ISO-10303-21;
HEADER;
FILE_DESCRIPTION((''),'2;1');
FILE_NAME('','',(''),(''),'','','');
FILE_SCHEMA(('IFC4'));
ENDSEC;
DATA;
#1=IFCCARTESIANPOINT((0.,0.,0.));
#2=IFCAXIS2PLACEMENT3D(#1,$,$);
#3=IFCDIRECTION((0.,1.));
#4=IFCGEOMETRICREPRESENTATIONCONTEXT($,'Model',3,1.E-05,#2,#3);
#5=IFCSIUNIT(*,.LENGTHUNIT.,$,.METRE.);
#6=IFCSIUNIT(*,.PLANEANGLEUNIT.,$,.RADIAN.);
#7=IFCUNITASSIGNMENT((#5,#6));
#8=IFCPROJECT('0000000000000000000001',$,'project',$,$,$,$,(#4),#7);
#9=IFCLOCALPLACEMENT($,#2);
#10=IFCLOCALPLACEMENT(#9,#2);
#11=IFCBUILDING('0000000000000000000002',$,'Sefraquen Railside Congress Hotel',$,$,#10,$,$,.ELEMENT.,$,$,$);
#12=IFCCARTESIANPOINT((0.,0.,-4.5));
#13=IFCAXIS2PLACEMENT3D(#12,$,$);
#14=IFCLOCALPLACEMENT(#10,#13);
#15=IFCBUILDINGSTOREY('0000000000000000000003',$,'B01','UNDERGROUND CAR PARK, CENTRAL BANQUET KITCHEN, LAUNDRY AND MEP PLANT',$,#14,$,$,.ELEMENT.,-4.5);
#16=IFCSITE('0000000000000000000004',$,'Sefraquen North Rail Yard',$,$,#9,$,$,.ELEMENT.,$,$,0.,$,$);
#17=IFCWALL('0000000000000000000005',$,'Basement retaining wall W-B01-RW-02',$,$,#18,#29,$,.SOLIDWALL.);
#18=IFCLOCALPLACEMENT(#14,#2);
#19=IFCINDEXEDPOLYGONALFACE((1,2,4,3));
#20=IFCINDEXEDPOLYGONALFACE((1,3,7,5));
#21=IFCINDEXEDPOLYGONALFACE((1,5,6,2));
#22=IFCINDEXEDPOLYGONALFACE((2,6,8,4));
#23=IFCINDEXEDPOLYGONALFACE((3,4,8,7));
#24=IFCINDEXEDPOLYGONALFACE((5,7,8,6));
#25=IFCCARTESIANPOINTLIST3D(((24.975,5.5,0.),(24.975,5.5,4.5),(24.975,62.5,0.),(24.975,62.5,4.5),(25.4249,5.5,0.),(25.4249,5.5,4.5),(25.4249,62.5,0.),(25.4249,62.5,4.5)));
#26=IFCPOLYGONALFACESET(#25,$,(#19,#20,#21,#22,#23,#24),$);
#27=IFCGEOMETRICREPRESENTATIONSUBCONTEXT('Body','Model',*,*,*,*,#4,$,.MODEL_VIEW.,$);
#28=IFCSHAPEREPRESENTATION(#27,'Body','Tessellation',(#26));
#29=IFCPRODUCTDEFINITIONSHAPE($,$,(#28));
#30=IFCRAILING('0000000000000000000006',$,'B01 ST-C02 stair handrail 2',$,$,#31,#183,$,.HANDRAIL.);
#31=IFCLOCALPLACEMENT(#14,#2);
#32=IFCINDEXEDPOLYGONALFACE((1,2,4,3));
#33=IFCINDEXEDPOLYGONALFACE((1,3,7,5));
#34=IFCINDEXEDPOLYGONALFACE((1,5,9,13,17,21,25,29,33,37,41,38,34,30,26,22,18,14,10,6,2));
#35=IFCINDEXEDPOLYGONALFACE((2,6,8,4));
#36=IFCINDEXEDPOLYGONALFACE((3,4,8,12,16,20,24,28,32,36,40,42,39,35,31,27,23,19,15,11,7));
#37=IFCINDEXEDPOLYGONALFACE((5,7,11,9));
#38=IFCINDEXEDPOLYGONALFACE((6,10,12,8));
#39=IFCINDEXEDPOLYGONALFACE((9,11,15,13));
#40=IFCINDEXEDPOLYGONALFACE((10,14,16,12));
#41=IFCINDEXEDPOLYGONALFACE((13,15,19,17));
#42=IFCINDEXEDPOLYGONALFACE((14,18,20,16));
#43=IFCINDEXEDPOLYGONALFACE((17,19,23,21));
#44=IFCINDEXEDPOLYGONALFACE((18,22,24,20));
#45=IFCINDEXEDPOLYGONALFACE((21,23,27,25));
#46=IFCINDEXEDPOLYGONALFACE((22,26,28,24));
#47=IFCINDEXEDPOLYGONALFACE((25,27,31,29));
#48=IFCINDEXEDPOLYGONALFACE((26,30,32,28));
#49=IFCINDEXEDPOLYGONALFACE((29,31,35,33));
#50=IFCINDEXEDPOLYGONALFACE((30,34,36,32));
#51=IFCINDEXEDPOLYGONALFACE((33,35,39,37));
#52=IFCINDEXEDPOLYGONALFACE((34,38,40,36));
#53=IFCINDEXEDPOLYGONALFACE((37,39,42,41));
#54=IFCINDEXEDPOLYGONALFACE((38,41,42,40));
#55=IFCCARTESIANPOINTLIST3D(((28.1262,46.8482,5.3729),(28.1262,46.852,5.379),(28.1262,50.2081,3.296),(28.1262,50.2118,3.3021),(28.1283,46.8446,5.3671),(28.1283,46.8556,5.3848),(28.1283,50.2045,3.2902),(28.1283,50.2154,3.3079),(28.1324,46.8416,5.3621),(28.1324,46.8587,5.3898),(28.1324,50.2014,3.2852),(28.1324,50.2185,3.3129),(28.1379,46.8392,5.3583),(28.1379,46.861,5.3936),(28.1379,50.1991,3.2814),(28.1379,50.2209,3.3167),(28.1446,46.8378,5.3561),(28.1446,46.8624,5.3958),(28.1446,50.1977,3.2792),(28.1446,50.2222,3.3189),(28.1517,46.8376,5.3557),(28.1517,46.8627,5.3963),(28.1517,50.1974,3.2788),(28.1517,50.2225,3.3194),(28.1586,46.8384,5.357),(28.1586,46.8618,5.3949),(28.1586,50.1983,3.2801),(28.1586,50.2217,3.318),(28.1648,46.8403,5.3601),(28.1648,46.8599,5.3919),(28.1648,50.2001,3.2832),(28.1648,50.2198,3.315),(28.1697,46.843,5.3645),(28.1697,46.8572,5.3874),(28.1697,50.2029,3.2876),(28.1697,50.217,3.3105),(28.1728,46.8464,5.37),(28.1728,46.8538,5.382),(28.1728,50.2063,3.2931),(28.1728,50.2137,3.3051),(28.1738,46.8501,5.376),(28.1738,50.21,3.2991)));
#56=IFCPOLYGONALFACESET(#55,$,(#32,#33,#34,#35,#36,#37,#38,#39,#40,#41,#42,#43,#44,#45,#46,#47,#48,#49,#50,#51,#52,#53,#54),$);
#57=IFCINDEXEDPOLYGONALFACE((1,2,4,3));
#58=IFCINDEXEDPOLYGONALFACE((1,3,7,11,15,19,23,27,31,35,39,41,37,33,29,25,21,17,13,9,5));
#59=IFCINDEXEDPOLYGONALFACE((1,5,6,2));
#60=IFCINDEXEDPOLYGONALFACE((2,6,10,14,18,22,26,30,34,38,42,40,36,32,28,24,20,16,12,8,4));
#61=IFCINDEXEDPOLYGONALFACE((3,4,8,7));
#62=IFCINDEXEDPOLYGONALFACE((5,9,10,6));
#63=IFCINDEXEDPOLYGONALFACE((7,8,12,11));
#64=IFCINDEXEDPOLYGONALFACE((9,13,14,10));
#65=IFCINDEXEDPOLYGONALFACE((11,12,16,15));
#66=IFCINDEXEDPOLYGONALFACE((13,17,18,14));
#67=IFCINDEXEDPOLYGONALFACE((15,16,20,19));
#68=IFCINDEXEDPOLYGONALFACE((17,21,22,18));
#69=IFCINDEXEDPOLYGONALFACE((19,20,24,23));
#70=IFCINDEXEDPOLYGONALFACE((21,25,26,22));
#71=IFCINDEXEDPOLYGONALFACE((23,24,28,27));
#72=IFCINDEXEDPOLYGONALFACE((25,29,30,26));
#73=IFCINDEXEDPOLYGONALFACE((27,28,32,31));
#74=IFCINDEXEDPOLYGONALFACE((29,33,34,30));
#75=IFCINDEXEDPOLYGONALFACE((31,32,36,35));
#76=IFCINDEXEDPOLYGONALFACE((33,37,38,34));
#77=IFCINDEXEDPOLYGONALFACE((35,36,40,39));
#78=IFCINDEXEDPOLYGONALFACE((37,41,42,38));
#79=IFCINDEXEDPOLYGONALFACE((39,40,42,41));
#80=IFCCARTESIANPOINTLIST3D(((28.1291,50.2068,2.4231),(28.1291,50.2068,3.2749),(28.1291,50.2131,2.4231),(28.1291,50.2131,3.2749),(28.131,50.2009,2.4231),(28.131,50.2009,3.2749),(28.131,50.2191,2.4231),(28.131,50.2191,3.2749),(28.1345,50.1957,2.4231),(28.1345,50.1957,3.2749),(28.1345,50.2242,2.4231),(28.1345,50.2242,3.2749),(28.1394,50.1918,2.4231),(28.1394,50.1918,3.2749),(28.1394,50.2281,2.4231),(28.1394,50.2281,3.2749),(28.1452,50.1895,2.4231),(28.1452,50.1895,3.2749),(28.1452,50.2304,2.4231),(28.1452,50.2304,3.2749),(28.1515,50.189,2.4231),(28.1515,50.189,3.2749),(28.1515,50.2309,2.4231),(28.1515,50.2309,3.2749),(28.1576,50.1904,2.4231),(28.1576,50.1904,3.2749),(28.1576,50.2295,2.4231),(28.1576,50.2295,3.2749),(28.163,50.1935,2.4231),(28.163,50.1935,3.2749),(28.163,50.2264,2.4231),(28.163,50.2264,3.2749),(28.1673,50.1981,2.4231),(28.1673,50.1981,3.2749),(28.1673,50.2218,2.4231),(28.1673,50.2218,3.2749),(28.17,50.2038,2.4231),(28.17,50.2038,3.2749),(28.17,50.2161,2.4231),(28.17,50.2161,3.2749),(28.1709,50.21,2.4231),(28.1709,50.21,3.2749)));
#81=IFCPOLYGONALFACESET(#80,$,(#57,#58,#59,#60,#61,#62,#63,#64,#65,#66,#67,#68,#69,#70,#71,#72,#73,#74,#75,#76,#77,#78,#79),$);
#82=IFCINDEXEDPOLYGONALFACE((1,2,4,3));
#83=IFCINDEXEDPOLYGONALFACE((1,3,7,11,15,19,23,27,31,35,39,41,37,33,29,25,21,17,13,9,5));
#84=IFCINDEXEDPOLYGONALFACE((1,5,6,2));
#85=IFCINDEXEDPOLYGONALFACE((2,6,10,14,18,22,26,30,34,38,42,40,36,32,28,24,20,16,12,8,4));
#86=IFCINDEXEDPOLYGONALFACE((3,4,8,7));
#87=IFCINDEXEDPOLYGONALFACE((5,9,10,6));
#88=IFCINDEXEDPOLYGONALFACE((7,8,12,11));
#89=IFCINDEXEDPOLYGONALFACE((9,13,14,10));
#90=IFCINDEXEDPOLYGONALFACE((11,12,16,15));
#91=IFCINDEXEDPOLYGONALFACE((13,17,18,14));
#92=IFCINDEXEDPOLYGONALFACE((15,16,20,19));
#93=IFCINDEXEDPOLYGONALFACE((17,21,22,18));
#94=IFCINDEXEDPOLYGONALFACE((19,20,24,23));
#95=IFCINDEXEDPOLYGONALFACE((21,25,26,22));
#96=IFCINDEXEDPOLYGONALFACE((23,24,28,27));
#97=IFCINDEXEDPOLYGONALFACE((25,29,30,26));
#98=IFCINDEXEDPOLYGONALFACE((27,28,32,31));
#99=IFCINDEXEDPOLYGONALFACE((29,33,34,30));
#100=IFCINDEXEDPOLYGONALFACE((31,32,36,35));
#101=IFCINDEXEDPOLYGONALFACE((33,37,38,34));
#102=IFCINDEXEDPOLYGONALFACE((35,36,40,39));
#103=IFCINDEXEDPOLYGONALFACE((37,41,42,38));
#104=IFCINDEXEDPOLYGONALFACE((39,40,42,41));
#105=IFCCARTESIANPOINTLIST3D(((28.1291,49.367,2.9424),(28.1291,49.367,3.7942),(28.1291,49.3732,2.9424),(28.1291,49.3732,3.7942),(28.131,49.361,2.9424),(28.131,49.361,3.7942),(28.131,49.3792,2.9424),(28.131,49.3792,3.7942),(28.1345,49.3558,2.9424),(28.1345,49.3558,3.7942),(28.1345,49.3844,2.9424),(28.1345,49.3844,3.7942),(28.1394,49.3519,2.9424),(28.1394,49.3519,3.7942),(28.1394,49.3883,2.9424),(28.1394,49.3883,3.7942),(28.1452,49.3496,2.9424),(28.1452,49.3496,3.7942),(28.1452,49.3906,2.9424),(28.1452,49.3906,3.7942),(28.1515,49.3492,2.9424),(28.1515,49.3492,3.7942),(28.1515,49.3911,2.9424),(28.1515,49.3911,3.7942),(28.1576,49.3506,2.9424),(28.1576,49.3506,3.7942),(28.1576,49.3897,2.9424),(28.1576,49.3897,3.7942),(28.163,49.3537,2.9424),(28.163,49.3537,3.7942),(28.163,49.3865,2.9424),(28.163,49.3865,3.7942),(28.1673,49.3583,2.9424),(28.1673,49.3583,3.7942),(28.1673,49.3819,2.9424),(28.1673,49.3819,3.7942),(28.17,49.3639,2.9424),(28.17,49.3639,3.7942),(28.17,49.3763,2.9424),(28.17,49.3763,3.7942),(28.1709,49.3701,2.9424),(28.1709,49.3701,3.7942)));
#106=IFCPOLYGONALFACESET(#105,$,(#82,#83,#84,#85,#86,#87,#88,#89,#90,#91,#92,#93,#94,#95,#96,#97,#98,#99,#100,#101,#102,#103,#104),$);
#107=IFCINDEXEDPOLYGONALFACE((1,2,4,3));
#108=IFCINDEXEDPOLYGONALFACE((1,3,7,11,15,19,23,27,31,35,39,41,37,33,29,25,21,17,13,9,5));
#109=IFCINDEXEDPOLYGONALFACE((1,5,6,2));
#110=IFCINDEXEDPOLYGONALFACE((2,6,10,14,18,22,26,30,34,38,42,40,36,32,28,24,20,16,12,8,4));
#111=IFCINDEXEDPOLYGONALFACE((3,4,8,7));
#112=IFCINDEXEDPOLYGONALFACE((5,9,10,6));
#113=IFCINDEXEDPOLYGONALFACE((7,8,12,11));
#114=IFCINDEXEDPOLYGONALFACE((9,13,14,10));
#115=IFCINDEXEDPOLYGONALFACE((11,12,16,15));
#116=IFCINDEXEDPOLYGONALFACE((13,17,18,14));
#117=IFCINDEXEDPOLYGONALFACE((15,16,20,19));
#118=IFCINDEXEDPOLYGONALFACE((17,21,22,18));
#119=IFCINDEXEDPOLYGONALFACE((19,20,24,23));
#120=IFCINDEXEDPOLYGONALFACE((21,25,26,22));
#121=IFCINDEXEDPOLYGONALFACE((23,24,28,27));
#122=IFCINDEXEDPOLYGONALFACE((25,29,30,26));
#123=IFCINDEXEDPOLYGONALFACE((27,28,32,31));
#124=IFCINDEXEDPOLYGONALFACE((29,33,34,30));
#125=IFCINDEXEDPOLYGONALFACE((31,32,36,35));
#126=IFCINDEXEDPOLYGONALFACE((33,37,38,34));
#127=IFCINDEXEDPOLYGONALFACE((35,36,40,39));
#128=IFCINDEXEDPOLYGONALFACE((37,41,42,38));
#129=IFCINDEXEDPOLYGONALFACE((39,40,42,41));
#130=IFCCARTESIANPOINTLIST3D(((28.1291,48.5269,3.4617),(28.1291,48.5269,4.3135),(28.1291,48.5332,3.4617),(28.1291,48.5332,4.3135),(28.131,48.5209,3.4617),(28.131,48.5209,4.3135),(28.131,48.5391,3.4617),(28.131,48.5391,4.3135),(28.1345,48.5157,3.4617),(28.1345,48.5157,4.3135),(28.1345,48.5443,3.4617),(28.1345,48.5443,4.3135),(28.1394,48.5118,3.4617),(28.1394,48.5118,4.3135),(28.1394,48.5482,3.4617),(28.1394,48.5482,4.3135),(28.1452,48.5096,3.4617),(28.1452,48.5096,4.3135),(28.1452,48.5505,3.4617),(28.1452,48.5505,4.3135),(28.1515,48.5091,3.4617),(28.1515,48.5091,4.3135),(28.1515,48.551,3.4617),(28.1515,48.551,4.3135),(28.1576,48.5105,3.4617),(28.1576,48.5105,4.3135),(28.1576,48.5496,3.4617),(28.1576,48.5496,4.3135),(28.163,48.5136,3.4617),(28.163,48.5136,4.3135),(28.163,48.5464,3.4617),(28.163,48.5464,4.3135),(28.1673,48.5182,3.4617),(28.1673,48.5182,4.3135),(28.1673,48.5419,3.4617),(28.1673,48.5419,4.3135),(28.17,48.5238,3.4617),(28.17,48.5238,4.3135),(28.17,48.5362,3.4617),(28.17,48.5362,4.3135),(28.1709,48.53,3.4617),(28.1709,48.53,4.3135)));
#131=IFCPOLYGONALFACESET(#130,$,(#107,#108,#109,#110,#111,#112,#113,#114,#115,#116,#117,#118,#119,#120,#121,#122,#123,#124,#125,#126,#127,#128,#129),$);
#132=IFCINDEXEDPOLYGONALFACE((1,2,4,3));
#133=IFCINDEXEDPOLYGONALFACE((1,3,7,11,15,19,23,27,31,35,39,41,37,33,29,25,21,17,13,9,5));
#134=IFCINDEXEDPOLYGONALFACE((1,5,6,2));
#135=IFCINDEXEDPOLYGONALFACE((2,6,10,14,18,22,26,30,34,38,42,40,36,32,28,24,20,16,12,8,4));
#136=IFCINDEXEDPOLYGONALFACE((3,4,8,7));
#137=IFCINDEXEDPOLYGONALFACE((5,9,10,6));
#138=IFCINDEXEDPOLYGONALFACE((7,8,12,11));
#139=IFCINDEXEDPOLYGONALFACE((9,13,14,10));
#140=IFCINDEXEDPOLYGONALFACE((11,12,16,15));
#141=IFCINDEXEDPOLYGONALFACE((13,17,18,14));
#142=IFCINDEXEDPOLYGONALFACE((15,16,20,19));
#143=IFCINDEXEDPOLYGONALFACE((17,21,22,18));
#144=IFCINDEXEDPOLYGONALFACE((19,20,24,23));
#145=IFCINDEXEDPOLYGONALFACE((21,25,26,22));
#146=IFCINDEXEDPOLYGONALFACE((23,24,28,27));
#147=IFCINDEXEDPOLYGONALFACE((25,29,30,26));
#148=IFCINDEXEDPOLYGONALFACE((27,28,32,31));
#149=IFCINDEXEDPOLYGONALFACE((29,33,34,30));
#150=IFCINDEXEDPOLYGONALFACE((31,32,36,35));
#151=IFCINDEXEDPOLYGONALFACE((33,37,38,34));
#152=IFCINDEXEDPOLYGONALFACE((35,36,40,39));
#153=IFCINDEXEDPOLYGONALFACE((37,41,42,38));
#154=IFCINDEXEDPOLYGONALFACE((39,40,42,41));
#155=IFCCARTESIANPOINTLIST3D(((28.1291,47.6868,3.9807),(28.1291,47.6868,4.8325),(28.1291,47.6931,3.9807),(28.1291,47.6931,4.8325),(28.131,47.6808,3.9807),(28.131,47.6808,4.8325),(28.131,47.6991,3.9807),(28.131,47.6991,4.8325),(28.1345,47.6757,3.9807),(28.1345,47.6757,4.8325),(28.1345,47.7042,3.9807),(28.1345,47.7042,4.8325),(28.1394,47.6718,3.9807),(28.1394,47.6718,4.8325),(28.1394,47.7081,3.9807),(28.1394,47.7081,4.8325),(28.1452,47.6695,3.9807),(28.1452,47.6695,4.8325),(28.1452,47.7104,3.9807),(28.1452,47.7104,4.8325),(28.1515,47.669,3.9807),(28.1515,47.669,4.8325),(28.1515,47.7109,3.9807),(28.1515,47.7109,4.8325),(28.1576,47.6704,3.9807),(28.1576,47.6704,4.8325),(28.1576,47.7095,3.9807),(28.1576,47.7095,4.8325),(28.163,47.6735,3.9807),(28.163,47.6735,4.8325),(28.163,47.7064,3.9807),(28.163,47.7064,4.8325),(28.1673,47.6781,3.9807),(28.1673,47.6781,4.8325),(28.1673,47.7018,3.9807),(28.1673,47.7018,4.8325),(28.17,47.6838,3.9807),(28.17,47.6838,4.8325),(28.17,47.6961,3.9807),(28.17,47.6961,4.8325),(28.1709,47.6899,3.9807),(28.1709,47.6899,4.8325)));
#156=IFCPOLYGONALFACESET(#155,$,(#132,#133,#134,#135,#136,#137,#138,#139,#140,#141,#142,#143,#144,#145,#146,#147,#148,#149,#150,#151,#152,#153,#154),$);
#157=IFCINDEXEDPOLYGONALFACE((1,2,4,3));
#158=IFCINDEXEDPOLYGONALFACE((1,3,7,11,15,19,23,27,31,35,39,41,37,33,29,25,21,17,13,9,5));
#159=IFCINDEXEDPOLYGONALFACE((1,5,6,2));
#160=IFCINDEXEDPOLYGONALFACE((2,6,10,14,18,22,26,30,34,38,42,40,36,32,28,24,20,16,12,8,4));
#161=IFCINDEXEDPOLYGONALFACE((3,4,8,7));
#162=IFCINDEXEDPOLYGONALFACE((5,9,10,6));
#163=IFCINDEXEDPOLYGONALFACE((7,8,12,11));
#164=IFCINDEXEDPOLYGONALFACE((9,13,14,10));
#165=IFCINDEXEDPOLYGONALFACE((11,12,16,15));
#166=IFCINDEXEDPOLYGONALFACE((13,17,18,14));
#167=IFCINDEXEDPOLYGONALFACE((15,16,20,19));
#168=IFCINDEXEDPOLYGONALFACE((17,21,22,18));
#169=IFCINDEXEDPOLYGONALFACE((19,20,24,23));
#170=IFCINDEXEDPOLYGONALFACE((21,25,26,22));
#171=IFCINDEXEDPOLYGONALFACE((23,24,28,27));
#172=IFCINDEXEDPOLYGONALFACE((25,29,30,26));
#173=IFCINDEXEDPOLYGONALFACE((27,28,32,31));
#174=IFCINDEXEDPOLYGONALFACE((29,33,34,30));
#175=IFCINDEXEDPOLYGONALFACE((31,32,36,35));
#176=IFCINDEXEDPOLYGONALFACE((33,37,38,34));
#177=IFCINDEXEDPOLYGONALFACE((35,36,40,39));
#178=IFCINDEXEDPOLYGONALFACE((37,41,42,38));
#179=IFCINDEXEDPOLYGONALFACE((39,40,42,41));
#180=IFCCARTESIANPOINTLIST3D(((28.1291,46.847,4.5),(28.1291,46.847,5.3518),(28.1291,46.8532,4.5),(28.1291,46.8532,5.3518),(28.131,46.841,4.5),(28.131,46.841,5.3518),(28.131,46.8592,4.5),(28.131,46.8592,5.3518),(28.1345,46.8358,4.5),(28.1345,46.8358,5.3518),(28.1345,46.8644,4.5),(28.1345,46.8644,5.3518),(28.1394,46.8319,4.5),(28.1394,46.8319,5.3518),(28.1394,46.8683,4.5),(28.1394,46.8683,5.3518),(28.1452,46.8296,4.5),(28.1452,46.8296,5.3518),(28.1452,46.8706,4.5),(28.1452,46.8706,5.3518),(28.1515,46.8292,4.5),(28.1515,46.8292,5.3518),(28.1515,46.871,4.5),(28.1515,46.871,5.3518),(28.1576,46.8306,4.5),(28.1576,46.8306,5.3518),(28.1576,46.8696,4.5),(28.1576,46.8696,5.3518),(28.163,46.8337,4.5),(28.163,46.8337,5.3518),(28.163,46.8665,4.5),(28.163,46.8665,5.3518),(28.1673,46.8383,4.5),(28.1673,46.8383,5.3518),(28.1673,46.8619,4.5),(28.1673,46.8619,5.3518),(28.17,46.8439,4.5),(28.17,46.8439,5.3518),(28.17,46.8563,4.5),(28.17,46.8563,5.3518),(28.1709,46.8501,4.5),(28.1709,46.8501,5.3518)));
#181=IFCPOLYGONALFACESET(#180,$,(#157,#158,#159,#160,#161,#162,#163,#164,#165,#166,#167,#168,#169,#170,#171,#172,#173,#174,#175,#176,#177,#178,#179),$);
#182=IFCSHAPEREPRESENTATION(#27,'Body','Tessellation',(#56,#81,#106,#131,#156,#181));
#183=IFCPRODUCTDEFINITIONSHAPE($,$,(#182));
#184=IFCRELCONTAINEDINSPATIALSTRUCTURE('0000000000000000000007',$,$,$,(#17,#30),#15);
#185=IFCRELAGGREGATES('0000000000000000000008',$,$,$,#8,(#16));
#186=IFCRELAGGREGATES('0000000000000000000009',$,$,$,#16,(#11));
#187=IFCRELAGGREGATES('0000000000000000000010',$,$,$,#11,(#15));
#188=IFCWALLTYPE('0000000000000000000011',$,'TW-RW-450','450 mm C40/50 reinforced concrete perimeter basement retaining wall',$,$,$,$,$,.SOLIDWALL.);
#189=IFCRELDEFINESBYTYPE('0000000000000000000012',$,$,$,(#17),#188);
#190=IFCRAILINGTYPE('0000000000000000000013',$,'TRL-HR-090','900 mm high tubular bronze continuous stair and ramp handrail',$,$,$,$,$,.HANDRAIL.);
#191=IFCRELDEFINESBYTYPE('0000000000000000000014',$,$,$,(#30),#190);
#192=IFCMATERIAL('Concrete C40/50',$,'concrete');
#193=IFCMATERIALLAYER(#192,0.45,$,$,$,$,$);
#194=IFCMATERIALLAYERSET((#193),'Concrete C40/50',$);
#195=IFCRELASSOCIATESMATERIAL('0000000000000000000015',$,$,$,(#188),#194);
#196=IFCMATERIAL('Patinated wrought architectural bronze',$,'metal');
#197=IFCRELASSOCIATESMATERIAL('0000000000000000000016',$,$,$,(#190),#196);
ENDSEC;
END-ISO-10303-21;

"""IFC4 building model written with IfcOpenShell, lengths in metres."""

from ifc_helpers import new_model, si_unit, direction, frame, frame_2d, origin, origin_2d, place, context, subcontext, project, spatial, rectangle, circle, extrude, material, layer, layer_set, type_object, element, save


model = new_model("IFC4")

# Units and contexts
model_context = context("Model", 3, precision=1e-05, world=origin(), true_north=direction((0.0, 1.0)))
body_context = subcontext(model_context, "Body", "Model", "MODEL_VIEW")
ifc_project = project(units=[si_unit("LENGTHUNIT", "METRE"), si_unit("PLANEANGLEUNIT", "RADIAN")], contexts=[model_context])

# Site, building, storey
site_placement = place(None, origin())
site = spatial("IfcSite", under=ifc_project, at=site_placement, Name="Sefraquen North Rail Yard", CompositionType="ELEMENT", RefElevation=0.0)
building_placement = place(site_placement, origin())
building = spatial("IfcBuilding", under=site, at=building_placement, Name="Sefraquen Railside Congress Hotel", CompositionType="ELEMENT")
storey_placement = place(building_placement, frame((0.0, 0.0, -4.5)))
storey = spatial("IfcBuildingStorey", under=building, at=storey_placement, Name="B01", Description="UNDERGROUND CAR PARK, CENTRAL BANQUET KITCHEN, LAUNDRY AND MEP PLANT", CompositionType="ELEMENT", Elevation=-4.5)

# Shared definitions
ifc_material_1 = material(Name="Concrete C40/50", Category="concrete")

# Wall
ifc_layer_1 = layer(ifc_material_1, 0.45)
ifc_layer_set_1 = layer_set([ifc_layer_1], Name="Concrete C40/50")
wall_type_1 = type_object("IfcWallType", Name="TW-RW-450", Description="450 mm C40/50 reinforced concrete perimeter basement retaining wall", PredefinedType="SOLIDWALL", material=ifc_layer_set_1)
wall_1_placement = place(storey_placement, frame((25.2, 62.5, 0.0), z_axis=(0.0, 0.0, 1.0), x_axis=(0.0, -1.0, 0.0)))
element("IfcWall", 1, at=wall_1_placement, inside=storey, type_object=wall_type_1, Name="Basement retaining wall W-B01-RW-02", PredefinedType="SOLIDWALL", context=body_context, shape_type="SweptSolid", body=[
    extrude(rectangle(XDim=57.0, YDim=0.45, at=frame_2d((28.5, 0.0))), origin(), (0.0, 0.0, 1.0), 4.5),
])

# Railing
ifc_material_2 = material(Name="Patinated wrought architectural bronze", Category="metal")
railing_type = type_object("IfcRailingType", Name="TRL-HR-090", Description="900 mm high tubular bronze continuous stair and ramp handrail", PredefinedType="HANDRAIL", material=ifc_material_2)
railing_placement = place(storey_placement, frame((28.1499, 50.21, 2.4231)))
element("IfcRailing", 2, at=railing_placement, inside=storey, type_object=railing_type, Name="B01 ST-C02 stair handrail 2", PredefinedType="HANDRAIL", context=body_context, shape_type="SweptSolid", body=[
    extrude(circle(Radius=0.0239, at=origin_2d()), frame((0.0, 0.0, 0.876), z_axis=(0.0, -0.850606, 0.525803), x_axis=(1.0, 0.0, 0.0)), (0.0, 0.0, 1.0), 3.95),
    extrude(circle(Radius=0.021, at=origin_2d()), origin(), (0.0, 0.0, 1.0), 0.8518),
    extrude(circle(Radius=0.021, at=origin_2d()), frame((0.0, -0.8398, 0.5193)), (0.0, 0.0, 1.0), 0.8518),
    extrude(circle(Radius=0.021, at=origin_2d()), frame((0.0, -1.6799, 1.0386)), (0.0, 0.0, 1.0), 0.8518),
    extrude(circle(Radius=0.021, at=origin_2d()), frame((0.0, -2.52, 1.5576)), (0.0, 0.0, 1.0), 0.8518),
    extrude(circle(Radius=0.021, at=origin_2d()), frame((0.0, -3.3599, 2.0769)), (0.0, 0.0, 1.0), 0.8518),
])

save(model, "model.ifc")
